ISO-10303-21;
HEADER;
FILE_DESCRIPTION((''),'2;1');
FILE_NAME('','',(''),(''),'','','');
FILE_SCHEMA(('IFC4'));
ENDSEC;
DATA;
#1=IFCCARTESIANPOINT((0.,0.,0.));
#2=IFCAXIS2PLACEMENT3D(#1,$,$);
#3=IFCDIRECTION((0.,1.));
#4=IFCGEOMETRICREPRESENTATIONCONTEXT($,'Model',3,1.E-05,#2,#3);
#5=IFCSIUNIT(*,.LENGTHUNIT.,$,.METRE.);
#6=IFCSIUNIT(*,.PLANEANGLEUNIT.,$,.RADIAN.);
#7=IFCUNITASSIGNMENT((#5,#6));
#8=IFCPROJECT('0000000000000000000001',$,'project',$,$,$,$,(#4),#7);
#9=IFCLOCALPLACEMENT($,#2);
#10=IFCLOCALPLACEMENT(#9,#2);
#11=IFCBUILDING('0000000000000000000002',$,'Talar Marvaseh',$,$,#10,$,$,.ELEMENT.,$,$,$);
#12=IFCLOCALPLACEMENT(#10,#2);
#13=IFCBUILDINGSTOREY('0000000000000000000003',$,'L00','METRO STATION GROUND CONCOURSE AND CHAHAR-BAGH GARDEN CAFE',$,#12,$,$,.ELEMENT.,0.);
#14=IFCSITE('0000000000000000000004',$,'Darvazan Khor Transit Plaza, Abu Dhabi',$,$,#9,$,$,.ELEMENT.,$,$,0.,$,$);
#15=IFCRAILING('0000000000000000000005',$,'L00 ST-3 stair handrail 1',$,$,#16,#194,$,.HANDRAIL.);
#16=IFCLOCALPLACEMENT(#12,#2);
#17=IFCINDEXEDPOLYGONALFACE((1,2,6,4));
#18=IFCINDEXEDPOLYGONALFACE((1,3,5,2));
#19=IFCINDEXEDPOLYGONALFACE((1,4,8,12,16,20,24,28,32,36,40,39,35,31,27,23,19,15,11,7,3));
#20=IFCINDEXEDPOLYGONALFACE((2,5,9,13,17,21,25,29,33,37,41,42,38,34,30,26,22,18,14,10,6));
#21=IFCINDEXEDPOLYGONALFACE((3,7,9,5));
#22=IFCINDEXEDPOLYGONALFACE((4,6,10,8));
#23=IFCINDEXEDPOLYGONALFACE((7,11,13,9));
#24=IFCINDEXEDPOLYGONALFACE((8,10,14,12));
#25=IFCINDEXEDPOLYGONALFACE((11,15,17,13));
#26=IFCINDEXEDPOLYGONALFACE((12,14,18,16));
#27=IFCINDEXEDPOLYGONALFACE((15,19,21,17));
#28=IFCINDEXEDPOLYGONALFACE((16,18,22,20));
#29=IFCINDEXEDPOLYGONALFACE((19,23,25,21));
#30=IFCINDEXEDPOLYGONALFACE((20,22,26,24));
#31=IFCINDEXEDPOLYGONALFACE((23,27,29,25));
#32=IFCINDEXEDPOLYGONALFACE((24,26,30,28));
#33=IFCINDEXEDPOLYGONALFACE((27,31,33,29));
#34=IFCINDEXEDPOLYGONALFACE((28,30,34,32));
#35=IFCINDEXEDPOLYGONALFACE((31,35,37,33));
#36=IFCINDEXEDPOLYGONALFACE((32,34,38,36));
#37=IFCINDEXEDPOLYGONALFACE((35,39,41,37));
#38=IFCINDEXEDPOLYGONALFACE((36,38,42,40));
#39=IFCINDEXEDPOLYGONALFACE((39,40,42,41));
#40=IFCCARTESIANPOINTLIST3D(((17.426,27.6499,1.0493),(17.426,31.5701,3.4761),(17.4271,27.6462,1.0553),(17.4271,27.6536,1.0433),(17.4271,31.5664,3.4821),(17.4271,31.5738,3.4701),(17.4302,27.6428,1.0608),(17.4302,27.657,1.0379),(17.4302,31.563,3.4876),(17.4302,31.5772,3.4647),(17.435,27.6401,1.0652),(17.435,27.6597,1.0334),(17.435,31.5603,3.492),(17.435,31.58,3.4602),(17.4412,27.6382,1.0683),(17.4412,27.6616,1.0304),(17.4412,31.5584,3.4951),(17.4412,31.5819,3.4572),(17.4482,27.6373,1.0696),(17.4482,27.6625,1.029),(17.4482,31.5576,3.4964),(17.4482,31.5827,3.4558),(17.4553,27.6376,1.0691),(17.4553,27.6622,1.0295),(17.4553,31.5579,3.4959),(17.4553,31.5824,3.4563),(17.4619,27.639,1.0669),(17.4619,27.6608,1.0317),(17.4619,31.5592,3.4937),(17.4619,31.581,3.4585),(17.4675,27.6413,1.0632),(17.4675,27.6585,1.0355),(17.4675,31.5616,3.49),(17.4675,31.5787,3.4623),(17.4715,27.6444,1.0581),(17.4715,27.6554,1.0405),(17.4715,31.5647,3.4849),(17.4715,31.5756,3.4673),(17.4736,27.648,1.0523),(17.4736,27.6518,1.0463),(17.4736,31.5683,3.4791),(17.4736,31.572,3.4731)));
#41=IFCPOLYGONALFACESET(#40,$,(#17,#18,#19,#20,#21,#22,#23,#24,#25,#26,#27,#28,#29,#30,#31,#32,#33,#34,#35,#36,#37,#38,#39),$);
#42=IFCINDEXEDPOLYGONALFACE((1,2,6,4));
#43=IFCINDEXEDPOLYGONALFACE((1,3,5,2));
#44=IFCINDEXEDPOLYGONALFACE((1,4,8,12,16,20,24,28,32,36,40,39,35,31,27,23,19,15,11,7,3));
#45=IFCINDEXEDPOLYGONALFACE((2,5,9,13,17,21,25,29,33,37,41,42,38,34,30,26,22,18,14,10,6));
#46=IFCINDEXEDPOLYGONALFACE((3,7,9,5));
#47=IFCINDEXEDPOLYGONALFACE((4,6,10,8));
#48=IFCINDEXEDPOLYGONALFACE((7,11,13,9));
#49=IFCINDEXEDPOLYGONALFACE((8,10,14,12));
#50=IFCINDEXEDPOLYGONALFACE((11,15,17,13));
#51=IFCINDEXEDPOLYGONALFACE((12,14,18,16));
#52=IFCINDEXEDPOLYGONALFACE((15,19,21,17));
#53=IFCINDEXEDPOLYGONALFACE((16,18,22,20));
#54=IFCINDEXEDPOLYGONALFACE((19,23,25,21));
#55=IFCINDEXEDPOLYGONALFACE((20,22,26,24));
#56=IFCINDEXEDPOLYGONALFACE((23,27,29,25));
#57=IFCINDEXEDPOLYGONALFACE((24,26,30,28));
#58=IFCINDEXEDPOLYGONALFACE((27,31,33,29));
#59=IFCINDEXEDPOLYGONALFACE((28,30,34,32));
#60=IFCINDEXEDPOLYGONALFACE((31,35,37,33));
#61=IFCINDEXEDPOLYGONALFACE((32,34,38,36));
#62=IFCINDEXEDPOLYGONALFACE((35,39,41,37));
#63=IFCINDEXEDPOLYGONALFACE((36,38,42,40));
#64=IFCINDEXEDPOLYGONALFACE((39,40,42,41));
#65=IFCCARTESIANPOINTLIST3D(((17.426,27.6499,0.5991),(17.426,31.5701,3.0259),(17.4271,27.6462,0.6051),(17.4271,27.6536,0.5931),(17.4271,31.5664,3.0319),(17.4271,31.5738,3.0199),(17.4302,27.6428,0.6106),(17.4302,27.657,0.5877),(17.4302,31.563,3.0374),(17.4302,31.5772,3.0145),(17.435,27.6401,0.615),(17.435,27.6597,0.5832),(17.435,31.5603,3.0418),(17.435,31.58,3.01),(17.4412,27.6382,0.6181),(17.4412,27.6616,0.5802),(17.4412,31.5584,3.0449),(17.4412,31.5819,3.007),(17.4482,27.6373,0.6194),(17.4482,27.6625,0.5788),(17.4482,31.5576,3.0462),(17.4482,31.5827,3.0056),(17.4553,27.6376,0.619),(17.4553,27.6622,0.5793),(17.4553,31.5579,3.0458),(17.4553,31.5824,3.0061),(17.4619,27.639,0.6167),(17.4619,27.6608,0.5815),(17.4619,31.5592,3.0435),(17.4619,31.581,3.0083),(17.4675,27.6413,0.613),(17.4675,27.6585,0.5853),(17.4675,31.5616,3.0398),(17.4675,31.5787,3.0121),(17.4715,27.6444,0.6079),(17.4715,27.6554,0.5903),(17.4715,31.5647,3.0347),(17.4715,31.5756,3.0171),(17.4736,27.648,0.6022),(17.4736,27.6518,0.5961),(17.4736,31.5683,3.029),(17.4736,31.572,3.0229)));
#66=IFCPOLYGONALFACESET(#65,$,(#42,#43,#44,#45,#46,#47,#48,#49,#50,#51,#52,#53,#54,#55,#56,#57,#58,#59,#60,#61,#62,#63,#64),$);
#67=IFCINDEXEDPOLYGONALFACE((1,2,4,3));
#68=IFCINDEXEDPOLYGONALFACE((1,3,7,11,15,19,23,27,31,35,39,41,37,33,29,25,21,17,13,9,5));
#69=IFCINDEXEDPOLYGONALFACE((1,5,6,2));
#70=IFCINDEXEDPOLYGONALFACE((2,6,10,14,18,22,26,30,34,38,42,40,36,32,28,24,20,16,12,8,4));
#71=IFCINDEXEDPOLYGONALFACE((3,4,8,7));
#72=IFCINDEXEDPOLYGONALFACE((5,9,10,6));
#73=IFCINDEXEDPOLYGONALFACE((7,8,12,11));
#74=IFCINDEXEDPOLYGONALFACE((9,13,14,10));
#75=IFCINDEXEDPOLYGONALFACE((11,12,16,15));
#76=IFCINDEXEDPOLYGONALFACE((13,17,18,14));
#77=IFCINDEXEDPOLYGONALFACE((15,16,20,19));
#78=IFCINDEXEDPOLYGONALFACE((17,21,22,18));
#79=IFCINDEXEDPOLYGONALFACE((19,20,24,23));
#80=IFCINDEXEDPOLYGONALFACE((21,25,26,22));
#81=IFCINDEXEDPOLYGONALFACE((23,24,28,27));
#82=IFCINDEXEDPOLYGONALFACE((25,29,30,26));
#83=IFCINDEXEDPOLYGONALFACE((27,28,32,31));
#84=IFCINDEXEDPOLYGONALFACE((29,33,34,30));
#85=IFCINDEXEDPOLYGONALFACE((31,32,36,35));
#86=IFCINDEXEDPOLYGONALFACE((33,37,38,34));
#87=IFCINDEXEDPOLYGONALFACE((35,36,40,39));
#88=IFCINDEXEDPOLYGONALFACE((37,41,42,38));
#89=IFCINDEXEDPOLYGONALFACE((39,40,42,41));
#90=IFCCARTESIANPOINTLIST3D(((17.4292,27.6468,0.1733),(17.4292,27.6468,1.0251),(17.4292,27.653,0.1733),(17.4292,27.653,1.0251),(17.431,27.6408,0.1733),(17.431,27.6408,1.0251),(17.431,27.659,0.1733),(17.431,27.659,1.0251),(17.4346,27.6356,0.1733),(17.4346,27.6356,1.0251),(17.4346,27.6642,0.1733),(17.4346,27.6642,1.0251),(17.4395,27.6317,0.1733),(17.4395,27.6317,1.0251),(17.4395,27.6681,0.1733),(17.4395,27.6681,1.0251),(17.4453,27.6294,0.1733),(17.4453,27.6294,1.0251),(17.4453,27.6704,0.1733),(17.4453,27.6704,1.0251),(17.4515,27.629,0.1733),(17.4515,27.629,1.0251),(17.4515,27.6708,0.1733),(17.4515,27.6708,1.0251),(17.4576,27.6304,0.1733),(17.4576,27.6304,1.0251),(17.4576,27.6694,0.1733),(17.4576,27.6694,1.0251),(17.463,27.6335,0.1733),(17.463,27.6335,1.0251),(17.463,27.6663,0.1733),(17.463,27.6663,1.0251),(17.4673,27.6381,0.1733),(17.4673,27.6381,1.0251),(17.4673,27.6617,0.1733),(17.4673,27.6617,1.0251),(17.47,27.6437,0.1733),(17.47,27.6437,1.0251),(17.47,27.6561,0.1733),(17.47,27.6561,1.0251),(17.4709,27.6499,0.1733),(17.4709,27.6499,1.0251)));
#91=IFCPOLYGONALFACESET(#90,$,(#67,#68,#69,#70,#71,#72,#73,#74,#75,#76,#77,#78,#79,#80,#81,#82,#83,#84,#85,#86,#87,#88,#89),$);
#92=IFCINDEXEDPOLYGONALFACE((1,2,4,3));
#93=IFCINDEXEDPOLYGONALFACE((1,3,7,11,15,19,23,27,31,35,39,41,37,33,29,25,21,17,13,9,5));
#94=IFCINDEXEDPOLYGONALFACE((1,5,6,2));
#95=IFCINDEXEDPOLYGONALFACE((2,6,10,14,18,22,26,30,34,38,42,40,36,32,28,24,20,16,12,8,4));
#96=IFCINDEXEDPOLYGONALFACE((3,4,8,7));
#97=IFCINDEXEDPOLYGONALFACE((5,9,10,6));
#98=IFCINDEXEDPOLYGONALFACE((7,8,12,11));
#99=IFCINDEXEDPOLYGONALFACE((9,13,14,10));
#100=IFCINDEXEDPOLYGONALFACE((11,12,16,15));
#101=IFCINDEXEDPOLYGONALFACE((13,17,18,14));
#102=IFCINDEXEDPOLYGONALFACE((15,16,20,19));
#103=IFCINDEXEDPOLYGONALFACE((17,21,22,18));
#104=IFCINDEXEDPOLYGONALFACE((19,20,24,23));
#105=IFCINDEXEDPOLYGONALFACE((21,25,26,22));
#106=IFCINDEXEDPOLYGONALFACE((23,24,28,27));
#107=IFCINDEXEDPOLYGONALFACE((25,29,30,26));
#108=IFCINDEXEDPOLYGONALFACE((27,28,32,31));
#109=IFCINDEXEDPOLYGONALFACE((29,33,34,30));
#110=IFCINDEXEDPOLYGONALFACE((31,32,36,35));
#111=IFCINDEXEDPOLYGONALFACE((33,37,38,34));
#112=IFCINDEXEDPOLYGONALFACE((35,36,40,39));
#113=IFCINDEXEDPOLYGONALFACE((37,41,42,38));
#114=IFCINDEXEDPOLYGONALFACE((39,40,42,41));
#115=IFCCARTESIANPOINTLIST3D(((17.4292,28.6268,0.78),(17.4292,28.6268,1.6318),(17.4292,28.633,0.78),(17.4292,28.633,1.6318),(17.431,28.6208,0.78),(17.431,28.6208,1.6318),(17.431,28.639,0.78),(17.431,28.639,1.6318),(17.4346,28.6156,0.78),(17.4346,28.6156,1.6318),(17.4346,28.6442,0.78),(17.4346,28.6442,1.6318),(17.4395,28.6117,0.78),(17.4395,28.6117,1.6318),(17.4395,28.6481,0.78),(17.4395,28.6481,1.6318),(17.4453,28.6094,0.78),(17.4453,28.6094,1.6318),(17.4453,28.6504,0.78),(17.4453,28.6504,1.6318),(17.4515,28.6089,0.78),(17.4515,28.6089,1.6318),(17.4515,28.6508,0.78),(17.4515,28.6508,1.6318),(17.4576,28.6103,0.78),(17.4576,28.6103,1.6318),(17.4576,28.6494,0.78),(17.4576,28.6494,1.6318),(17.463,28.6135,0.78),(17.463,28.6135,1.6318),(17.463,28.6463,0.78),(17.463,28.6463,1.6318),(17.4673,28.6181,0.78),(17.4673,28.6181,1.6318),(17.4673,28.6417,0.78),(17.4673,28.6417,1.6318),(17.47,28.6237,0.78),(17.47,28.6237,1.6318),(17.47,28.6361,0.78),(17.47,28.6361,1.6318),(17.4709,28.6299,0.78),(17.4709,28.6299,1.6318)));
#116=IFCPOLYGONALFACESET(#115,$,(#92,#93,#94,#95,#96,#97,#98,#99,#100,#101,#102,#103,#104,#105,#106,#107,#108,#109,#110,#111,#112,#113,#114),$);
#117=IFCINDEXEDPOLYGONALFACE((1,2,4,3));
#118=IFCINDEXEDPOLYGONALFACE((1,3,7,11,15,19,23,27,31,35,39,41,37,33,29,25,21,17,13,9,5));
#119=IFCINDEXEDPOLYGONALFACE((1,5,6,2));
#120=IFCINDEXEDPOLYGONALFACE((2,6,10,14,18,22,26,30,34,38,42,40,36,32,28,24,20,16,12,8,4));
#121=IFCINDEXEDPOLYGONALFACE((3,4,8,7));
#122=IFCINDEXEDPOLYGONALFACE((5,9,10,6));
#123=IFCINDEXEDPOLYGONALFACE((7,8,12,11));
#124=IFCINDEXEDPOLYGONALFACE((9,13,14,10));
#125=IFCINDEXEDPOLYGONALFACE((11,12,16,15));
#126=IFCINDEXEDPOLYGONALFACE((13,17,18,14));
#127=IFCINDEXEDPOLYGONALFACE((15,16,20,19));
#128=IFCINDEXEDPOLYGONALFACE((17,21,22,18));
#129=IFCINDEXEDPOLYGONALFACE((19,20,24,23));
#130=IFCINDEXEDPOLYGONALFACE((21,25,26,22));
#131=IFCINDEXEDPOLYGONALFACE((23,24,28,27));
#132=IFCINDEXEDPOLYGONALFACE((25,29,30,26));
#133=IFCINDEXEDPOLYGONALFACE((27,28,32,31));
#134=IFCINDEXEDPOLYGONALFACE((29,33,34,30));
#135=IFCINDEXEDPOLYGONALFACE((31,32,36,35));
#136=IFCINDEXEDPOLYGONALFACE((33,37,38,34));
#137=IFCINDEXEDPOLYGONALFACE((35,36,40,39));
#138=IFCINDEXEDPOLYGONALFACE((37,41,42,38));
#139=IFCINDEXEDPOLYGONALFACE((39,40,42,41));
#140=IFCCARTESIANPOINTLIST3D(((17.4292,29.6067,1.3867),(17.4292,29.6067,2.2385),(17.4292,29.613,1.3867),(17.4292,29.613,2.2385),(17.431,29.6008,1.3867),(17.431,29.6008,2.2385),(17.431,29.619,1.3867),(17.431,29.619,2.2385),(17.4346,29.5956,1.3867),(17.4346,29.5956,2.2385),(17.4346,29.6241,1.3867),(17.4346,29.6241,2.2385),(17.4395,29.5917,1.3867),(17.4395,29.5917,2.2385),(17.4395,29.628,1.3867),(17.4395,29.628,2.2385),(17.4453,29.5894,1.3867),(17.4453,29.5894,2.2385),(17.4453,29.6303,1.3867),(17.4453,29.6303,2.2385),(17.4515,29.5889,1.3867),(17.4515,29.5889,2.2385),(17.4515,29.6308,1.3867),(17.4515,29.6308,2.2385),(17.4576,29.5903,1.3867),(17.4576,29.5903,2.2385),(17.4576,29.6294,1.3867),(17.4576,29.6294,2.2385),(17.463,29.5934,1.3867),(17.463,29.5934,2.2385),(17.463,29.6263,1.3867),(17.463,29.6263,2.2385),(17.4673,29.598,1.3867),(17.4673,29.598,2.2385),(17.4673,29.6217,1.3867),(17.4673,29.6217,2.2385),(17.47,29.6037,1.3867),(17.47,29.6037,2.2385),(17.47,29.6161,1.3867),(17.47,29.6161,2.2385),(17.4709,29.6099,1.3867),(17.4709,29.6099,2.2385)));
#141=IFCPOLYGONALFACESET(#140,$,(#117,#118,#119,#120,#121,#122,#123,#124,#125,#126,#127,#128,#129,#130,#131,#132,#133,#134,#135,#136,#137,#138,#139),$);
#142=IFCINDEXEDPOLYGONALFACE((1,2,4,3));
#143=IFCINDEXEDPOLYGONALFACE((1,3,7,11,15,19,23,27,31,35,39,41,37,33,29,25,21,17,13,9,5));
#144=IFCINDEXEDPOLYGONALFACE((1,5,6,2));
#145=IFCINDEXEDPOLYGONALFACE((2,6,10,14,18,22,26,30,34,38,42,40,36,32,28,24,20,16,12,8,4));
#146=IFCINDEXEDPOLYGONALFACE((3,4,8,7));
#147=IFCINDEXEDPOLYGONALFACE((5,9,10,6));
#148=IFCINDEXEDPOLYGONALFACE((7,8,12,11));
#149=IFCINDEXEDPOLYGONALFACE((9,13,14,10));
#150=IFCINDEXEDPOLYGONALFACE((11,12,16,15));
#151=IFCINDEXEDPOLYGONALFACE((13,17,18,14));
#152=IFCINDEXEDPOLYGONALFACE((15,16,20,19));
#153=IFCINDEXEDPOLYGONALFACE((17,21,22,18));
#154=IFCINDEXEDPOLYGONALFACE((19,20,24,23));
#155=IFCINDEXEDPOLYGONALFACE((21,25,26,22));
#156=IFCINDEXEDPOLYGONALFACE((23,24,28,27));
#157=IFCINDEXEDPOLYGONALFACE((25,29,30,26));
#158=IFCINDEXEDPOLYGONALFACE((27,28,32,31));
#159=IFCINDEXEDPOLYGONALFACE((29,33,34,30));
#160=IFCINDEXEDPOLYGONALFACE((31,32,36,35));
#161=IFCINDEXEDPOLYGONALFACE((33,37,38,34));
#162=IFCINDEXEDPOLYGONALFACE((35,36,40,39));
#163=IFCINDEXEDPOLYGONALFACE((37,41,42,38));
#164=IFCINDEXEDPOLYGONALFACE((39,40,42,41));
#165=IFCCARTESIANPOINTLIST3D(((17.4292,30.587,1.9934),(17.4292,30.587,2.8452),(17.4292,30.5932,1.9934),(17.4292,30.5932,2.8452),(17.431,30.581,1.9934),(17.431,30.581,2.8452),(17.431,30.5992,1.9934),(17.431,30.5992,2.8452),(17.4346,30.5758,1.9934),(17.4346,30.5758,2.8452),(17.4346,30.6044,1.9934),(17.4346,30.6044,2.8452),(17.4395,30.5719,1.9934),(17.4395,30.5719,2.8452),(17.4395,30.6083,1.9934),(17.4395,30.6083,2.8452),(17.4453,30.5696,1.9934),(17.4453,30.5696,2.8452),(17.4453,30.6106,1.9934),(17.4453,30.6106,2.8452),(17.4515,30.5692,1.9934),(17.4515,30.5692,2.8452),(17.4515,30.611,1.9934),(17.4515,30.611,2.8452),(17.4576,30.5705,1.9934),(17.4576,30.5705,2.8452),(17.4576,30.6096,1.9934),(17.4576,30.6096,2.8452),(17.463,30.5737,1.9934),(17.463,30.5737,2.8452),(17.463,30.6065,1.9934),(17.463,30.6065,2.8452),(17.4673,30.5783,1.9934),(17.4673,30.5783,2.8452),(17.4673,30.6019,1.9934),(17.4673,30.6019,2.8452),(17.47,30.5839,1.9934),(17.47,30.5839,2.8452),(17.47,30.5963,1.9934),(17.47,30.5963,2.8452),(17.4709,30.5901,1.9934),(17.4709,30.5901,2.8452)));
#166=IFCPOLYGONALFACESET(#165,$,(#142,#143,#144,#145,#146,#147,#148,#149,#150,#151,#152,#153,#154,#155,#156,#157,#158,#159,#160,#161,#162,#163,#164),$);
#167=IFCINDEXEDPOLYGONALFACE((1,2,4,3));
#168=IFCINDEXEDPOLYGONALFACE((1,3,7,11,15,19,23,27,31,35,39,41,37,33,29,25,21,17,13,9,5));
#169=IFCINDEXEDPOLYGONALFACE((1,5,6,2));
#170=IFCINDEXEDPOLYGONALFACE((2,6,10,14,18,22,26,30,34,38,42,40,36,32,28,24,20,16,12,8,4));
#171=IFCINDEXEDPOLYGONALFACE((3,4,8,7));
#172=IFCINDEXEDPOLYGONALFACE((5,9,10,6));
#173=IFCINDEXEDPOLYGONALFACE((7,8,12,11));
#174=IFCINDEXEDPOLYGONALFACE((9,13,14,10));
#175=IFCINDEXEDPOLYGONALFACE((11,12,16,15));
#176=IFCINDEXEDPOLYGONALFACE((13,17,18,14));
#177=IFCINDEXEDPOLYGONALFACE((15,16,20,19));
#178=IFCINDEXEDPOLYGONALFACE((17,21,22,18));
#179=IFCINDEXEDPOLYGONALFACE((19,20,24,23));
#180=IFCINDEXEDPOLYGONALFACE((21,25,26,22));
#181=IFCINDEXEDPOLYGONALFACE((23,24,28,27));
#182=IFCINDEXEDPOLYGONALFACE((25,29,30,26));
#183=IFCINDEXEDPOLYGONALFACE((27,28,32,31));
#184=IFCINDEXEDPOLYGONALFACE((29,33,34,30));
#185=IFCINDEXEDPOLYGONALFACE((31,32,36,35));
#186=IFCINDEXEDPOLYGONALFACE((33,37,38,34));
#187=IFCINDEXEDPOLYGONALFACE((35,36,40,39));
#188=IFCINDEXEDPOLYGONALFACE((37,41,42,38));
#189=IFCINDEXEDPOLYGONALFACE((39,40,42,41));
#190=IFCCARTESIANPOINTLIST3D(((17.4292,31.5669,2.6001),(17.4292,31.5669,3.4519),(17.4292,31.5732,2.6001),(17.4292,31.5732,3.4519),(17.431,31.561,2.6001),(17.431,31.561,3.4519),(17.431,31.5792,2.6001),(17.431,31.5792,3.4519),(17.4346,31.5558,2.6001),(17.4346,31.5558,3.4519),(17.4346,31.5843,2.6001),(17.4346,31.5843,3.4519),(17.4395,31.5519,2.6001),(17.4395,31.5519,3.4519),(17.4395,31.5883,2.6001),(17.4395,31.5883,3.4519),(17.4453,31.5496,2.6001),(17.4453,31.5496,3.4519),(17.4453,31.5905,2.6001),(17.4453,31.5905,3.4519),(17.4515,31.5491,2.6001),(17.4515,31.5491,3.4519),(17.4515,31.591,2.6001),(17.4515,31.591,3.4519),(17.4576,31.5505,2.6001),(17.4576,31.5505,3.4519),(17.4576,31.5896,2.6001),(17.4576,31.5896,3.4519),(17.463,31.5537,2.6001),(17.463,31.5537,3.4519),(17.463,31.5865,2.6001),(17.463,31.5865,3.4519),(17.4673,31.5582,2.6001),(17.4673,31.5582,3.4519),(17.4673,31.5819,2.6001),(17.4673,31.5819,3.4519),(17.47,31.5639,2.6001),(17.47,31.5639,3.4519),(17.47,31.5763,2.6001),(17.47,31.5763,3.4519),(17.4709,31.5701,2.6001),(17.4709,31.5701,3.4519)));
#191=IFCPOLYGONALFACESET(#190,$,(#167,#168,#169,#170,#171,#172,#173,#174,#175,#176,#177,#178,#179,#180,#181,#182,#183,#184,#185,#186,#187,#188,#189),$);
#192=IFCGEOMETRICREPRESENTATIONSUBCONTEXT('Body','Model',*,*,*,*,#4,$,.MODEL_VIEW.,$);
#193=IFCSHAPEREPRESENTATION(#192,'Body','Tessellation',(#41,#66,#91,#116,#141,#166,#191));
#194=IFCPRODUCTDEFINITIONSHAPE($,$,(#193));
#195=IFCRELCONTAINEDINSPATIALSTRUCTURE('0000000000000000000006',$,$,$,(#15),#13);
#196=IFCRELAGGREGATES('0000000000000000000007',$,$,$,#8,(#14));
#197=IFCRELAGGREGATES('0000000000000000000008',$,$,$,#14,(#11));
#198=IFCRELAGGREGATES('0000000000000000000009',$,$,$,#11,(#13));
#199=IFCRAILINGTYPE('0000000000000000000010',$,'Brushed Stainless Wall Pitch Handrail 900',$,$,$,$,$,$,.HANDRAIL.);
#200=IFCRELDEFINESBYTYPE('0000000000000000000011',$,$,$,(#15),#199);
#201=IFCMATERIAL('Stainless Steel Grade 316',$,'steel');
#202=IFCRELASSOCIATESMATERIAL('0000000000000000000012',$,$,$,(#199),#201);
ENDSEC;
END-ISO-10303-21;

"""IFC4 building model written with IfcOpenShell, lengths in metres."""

from ifc_helpers import new_model, si_unit, direction, frame, origin, origin_2d, place, context, subcontext, project, spatial, circle, extrude, material, type_object, element, save


model = new_model("IFC4")

# Units and contexts
model_context = context("Model", 3, precision=1e-05, world=origin(), true_north=direction((0.0, 1.0)))
body_context = subcontext(model_context, "Body", "Model", "MODEL_VIEW")
ifc_project = project(units=[si_unit("LENGTHUNIT", "METRE"), si_unit("PLANEANGLEUNIT", "RADIAN")], contexts=[model_context])

# Site, building, storey
site_placement = place(None, origin())
site = spatial("IfcSite", under=ifc_project, at=site_placement, Name="Darvazan Khor Transit Plaza, Abu Dhabi", CompositionType="ELEMENT", RefElevation=0.0)
building_placement = place(site_placement, origin())
building = spatial("IfcBuilding", under=site, at=building_placement, Name="Talar Marvaseh", CompositionType="ELEMENT")
storey_placement = place(building_placement, origin())
storey = spatial("IfcBuildingStorey", under=building, at=storey_placement, Name="L00", Description="METRO STATION GROUND CONCOURSE AND CHAHAR-BAGH GARDEN CAFE", CompositionType="ELEMENT", Elevation=0.0)

# Shared definitions
ifc_material_1 = material(Name="Stainless Steel Grade 316", Category="steel")

# Railing
railing_type_1 = type_object("IfcRailingType", Name="Brushed Stainless Wall Pitch Handrail 900", PredefinedType="HANDRAIL", material=ifc_material_1)
railing_1_placement = place(storey_placement, frame((17.45, 27.6499, 0.1733)))
element("IfcRailing", 1, at=railing_1_placement, inside=storey, type_object=railing_type_1, Name="L00 ST-3 stair handrail 1", PredefinedType="HANDRAIL", context=body_context, shape_type="SweptSolid", body=[
    extrude(circle(Radius=0.0239, at=origin_2d()), frame((0.0, 0.0, 0.876), z_axis=(0.0, 0.850266, 0.526353), x_axis=(-1.0, 0.0, 0.0)), (0.0, 0.0, 1.0), 4.6106),
    extrude(circle(Radius=0.0239, at=origin_2d()), frame((0.0, 0.0, 0.4258), z_axis=(0.0, 0.850266, 0.526353), x_axis=(-1.0, 0.0, 0.0)), (0.0, 0.0, 1.0), 4.6106),
    extrude(circle(Radius=0.021, at=origin_2d()), origin(), (0.0, 0.0, 1.0), 0.8518),
    extrude(circle(Radius=0.021, at=origin_2d()), frame((0.0, 0.98, 0.6067)), (0.0, 0.0, 1.0), 0.8518),
    extrude(circle(Radius=0.021, at=origin_2d()), frame((0.0, 1.96, 1.2134)), (0.0, 0.0, 1.0), 0.8518),
    extrude(circle(Radius=0.021, at=origin_2d()), frame((0.0, 2.9402, 1.8201)), (0.0, 0.0, 1.0), 0.8518),
    extrude(circle(Radius=0.021, at=origin_2d()), frame((0.0, 3.9202, 2.4268)), (0.0, 0.0, 1.0), 0.8518),
])

save(model, "model.ifc")
